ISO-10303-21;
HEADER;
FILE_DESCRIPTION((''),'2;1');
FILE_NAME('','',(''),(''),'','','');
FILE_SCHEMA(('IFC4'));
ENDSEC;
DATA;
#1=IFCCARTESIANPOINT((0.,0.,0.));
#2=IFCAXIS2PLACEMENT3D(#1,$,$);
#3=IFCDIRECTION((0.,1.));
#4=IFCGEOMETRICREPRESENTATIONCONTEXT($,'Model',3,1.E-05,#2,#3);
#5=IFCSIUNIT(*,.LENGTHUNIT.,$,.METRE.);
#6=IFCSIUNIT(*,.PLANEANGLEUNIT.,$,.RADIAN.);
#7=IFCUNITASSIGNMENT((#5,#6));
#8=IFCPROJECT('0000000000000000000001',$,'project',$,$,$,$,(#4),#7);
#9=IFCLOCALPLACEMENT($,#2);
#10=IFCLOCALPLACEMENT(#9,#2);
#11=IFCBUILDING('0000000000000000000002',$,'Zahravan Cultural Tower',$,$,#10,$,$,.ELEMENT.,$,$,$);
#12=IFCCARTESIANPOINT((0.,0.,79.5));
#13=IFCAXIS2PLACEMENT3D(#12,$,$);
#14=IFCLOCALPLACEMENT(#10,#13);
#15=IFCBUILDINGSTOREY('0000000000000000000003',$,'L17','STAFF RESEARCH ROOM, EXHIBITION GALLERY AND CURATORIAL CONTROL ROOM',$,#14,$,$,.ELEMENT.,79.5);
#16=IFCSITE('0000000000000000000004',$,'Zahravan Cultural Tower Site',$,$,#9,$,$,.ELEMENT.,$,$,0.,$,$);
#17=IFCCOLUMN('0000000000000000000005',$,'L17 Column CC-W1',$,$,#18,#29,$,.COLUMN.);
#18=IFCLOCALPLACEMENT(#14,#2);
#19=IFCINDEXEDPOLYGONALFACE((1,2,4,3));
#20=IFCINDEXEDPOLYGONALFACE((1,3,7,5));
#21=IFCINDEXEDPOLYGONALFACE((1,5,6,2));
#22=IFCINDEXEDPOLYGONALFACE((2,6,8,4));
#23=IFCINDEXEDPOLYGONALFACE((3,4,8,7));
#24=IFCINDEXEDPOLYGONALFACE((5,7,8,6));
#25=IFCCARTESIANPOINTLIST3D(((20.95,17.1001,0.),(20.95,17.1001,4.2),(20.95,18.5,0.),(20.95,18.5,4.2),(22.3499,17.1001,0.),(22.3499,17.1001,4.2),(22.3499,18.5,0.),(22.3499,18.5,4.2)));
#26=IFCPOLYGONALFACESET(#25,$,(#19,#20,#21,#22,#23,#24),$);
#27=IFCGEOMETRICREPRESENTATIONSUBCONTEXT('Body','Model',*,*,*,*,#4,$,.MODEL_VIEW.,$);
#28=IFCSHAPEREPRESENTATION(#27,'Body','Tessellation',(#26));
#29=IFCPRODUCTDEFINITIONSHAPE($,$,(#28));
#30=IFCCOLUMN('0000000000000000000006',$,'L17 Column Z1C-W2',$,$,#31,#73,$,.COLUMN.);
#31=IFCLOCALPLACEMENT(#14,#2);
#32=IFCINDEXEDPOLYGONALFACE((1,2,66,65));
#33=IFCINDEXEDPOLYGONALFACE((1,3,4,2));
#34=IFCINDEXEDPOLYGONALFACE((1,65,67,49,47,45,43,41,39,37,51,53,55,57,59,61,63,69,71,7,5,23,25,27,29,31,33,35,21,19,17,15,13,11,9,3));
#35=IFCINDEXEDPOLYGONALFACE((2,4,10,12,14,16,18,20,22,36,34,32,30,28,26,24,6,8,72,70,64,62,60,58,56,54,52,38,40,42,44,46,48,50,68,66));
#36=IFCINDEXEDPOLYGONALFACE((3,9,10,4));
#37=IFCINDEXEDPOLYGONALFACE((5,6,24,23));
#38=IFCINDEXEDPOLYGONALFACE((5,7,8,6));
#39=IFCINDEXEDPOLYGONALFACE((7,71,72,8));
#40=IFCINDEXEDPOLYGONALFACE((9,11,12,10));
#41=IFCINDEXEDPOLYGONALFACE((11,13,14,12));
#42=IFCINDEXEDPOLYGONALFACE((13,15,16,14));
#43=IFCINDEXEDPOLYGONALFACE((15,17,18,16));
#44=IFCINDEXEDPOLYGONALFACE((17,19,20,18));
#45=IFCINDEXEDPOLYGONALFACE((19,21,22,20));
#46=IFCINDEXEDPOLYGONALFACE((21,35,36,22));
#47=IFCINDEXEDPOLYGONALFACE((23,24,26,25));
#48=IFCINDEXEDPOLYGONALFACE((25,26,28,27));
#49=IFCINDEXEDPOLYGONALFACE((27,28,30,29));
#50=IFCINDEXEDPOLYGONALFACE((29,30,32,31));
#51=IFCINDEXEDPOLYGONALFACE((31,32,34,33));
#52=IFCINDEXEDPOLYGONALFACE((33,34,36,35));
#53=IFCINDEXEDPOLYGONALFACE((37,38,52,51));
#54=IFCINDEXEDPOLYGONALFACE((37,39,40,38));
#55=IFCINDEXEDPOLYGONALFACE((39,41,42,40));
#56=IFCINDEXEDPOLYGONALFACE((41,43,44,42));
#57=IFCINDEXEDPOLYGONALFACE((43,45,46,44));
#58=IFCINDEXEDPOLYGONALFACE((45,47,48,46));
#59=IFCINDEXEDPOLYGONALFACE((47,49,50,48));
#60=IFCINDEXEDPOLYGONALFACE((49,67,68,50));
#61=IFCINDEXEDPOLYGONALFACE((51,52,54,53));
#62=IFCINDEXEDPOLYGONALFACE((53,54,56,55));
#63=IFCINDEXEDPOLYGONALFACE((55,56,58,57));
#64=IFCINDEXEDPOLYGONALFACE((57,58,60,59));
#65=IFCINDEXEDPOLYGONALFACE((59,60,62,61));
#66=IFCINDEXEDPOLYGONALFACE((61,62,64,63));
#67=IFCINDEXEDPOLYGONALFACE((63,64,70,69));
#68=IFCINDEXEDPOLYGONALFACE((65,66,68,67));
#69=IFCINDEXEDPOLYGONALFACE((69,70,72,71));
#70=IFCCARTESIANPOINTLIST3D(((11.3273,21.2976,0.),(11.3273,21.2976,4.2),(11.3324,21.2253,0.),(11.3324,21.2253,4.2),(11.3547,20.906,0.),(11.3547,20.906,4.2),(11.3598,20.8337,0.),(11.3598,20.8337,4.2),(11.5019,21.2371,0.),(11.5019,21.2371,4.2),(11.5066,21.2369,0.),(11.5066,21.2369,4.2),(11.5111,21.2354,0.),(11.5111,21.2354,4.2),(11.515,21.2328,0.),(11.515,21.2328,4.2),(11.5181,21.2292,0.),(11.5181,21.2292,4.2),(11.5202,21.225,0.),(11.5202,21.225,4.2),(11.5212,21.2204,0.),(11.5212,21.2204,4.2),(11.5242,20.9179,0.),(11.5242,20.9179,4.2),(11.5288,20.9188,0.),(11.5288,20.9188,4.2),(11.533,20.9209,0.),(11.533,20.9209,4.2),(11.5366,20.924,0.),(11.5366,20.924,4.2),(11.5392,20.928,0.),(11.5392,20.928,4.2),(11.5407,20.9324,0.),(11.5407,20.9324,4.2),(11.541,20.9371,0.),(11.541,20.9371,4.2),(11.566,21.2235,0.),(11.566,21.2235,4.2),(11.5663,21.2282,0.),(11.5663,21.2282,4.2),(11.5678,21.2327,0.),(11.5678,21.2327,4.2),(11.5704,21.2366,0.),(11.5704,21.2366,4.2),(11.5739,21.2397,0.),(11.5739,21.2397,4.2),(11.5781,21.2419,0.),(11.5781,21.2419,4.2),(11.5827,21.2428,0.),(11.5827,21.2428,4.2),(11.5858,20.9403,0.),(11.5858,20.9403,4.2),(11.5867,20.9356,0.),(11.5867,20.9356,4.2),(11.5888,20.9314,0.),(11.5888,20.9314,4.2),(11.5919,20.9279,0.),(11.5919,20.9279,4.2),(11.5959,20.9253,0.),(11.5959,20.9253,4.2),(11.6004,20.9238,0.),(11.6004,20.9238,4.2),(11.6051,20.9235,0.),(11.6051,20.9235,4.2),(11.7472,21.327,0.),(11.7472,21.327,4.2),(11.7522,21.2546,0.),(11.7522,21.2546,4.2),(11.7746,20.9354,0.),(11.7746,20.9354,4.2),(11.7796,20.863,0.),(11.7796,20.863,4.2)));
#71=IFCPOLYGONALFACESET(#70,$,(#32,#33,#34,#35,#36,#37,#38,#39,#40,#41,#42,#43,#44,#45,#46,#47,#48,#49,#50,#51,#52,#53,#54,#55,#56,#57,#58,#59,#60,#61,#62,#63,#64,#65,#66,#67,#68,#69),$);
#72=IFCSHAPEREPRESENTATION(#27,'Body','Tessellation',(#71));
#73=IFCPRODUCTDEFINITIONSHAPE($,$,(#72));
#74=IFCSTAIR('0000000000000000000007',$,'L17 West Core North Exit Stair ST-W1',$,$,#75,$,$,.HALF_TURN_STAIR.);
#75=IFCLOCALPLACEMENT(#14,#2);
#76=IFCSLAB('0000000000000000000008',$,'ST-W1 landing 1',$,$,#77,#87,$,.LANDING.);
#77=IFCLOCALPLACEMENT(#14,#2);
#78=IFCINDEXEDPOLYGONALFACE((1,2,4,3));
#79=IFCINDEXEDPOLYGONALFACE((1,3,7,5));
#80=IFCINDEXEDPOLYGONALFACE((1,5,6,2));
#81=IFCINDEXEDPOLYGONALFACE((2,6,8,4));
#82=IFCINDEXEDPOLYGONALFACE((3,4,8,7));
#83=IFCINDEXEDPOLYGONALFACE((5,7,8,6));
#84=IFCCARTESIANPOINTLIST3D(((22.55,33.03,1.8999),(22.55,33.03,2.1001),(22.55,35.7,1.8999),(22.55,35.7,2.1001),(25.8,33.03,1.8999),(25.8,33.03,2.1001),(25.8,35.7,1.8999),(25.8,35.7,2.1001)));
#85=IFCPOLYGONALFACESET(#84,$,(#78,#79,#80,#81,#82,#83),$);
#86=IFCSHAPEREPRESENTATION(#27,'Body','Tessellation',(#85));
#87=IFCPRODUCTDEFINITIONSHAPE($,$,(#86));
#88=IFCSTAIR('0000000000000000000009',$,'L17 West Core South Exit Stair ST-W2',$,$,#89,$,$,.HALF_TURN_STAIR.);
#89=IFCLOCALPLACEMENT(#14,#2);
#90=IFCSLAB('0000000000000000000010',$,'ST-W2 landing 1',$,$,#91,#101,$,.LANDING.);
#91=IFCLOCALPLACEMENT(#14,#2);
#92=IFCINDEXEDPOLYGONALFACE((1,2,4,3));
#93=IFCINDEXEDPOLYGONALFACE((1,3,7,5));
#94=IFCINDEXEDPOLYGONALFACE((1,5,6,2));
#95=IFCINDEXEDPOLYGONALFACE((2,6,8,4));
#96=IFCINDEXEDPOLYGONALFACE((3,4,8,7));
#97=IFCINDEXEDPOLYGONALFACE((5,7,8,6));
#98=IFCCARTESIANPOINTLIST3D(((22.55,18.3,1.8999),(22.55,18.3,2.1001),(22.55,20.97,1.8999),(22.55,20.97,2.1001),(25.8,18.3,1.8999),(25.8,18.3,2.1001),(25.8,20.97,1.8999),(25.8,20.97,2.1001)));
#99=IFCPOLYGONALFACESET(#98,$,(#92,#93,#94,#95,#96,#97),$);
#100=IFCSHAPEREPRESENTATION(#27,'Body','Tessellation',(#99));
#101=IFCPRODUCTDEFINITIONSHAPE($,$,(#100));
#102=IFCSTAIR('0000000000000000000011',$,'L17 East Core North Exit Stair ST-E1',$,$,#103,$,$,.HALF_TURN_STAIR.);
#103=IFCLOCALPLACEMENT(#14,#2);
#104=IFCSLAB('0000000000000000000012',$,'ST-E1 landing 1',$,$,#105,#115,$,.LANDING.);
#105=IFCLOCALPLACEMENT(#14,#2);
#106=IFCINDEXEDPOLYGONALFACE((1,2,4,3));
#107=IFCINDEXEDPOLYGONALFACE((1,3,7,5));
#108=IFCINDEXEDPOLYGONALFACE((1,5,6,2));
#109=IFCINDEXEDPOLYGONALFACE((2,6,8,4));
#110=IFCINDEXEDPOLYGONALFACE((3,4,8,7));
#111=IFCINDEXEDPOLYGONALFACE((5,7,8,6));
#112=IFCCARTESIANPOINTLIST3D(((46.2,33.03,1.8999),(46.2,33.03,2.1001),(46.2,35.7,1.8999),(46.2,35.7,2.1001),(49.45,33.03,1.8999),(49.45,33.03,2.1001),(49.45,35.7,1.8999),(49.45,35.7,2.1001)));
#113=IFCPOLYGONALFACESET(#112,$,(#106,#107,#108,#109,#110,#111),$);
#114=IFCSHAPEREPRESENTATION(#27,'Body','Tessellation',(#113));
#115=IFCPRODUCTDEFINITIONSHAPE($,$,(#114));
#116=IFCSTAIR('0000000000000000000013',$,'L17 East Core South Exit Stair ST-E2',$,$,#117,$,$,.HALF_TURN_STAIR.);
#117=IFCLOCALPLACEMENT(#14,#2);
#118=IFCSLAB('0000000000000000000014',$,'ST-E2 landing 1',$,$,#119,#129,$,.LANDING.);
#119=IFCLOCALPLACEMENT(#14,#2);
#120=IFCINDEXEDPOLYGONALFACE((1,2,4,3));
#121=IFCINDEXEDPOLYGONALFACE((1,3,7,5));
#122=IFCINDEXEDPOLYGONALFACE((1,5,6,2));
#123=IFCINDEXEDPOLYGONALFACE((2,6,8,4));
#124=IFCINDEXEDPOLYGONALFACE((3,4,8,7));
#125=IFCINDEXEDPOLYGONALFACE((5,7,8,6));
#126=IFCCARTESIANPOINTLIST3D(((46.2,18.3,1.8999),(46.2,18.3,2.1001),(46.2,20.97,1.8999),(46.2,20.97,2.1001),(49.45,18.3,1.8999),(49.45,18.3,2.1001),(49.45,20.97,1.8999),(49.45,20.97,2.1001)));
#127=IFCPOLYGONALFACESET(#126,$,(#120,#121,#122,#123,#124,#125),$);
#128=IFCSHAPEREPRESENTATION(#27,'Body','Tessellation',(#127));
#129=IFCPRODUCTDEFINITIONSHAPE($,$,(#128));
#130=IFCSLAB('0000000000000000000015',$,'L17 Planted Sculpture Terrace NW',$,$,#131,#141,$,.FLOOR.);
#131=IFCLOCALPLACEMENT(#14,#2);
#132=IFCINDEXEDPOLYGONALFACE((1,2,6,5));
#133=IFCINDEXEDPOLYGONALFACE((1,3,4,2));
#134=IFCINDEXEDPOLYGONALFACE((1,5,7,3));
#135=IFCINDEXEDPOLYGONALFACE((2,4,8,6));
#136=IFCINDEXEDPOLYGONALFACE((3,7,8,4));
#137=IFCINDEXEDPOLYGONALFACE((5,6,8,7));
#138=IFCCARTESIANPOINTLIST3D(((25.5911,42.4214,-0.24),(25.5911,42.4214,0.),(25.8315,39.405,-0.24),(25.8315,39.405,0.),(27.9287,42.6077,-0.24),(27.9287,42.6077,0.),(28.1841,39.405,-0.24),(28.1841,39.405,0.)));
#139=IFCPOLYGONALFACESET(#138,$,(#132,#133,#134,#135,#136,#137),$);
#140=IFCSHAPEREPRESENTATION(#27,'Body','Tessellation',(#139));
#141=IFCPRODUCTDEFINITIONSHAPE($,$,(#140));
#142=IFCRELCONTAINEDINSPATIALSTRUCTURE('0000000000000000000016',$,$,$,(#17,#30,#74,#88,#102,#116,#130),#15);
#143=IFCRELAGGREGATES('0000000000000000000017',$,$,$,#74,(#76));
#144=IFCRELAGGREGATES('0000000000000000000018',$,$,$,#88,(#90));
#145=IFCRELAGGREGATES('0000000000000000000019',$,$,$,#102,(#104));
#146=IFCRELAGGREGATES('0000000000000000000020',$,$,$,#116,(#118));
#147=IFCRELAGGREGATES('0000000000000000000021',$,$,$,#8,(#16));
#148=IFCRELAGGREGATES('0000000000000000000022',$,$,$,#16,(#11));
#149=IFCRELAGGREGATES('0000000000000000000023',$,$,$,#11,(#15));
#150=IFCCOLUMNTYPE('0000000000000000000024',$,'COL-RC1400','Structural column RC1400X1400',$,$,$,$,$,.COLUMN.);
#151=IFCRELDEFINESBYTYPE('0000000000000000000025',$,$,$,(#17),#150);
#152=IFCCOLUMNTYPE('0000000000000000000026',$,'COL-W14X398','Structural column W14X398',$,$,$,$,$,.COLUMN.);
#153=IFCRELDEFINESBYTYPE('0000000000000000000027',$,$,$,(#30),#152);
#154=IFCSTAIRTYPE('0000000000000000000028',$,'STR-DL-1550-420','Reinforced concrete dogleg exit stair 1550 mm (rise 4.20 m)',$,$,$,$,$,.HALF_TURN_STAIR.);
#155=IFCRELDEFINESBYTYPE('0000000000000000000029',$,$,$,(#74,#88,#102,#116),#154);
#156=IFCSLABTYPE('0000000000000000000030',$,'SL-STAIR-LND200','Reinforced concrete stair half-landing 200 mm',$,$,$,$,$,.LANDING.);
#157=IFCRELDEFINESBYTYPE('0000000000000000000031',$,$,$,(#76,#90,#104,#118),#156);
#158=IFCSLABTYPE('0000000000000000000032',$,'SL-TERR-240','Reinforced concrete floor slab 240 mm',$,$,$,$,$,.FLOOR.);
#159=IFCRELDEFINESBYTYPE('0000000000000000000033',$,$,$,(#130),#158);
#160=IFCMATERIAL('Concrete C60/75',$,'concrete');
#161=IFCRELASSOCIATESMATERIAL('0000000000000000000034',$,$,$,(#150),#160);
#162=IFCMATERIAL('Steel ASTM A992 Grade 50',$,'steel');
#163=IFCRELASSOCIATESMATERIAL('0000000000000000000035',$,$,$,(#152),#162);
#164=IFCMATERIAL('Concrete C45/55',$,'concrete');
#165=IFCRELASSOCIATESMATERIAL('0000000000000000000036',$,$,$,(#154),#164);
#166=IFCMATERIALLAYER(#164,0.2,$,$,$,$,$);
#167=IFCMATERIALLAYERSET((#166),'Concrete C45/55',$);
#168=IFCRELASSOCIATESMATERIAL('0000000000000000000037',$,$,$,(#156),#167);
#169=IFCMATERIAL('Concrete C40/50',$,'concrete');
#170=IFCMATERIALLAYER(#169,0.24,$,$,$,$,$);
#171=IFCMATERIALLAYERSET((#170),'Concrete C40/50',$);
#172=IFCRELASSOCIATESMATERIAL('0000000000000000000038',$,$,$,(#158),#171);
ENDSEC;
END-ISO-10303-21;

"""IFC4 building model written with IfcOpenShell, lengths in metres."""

from ifc_helpers import new_model, si_unit, direction, frame, origin, origin_2d, place, context, subcontext, project, spatial, polyline, rectangle, i_section, outline, extrude, source, transform, mapped, material, layer, layer_set, material_profile, profile_set, type_object, element, aggregate, save


model = new_model("IFC4")

# Units and contexts
model_context = context("Model", 3, precision=1e-05, world=origin(), true_north=direction((0.0, 1.0)))
body_context = subcontext(model_context, "Body", "Model", "MODEL_VIEW")
ifc_project = project(units=[si_unit("LENGTHUNIT", "METRE"), si_unit("PLANEANGLEUNIT", "RADIAN")], contexts=[model_context])

# Site, building, storey
site_placement = place(None, origin())
site = spatial("IfcSite", under=ifc_project, at=site_placement, Name="Zahravan Cultural Tower Site", CompositionType="ELEMENT", RefElevation=0.0)
building_placement = place(site_placement, origin())
building = spatial("IfcBuilding", under=site, at=building_placement, Name="Zahravan Cultural Tower", CompositionType="ELEMENT")
storey_placement = place(building_placement, frame((0.0, 0.0, 79.5)))
storey = spatial("IfcBuildingStorey", under=building, at=storey_placement, Name="L17", Description="STAFF RESEARCH ROOM, EXHIBITION GALLERY AND CURATORIAL CONTROL ROOM", CompositionType="ELEMENT", Elevation=79.5)

# Columns
ifc_material_1 = material(Name="Concrete C60/75", Category="concrete")
ifc_material_profile_1 = material_profile(ifc_material_1, rectangle(XDim=1.3999, YDim=1.3999, at=origin_2d()), Name="RC1400X1400")
ifc_profile_set_1 = profile_set([ifc_material_profile_1], Name="Concrete C60/75")
column_type_1 = type_object("IfcColumnType", Name="COL-RC1400", Description="Structural column RC1400X1400", PredefinedType="COLUMN", material=ifc_profile_set_1)
shared_shape_1 = source(origin(), body_context, "Body", "SweptSolid", [
    extrude(rectangle(XDim=1.3999, YDim=1.3999, at=origin_2d()), origin(), (0.0, 0.0, 1.0), 4.2),
])
column_1_placement = place(storey_placement, frame((21.6499, 17.8, 0.0), z_axis=(0.0, 0.0, 1.0), x_axis=(1.0, 0.0, 0.0)))
element("IfcColumn", 1, at=column_1_placement, inside=storey, type_object=column_type_1, Name="L17 Column CC-W1", PredefinedType="COLUMN", context=body_context, shape_type="MappedRepresentation", body=[
    mapped(shared_shape_1, transform((0.0, 0.0, 0.0), x_axis=(1.0, 0.0, 0.0), y_axis=(0.0, 1.0, 0.0), z_axis=(0.0, 0.0, 1.0), scale=1.0)),
])
ifc_material_2 = material(Name="Steel ASTM A992 Grade 50", Category="steel")
ifc_material_profile_2 = material_profile(ifc_material_2, i_section(OverallWidth=0.4209, OverallDepth=0.4651, WebThickness=0.0449, FlangeThickness=0.0725, FilletRadius=0.0181, at=origin_2d()), Name="W14X398")
ifc_profile_set_2 = profile_set([ifc_material_profile_2], Name="Steel ASTM A992 Grade 50")
column_type_2 = type_object("IfcColumnType", Name="COL-W14X398", Description="Structural column W14X398", PredefinedType="COLUMN", material=ifc_profile_set_2)
shared_shape_2 = source(origin(), body_context, "Body", "SweptSolid", [
    extrude(i_section(OverallWidth=0.4209, OverallDepth=0.4651, WebThickness=0.0449, FlangeThickness=0.0725, FilletRadius=0.0181, at=origin_2d()), origin(), (0.0, 0.0, 1.0), 4.2),
])
column_2_placement = place(storey_placement, frame((11.5535, 21.0803, 0.0), z_axis=(0.0, 0.0, 1.0), x_axis=(0.997564, 0.069756, 0.0)))
element("IfcColumn", 2, at=column_2_placement, inside=storey, type_object=column_type_2, Name="L17 Column Z1C-W2", PredefinedType="COLUMN", context=body_context, shape_type="MappedRepresentation", body=[
    mapped(shared_shape_2, transform((0.0, 0.0, 0.0), x_axis=(1.0, 0.0, 0.0), y_axis=(0.0, 1.0, 0.0), z_axis=(0.0, 0.0, 1.0), scale=1.0)),
])

# Stairs, slabs
ifc_material_3 = material(Name="Concrete C45/55", Category="concrete")
stair_type = type_object("IfcStairType", Name="STR-DL-1550-420", Description="Reinforced concrete dogleg exit stair 1550 mm (rise 4.20 m)", PredefinedType="HALF_TURN_STAIR", material=ifc_material_3)
stair_1_placement = place(storey_placement, origin())
stair_1 = element("IfcStair", 3, at=stair_1_placement, inside=storey, type_object=stair_type, Name="L17 West Core North Exit Stair ST-W1", PredefinedType="HALF_TURN_STAIR")
ifc_layer_1 = layer(ifc_material_3, 0.2)
ifc_layer_set_1 = layer_set([ifc_layer_1], Name="Concrete C45/55")
slab_type_1 = type_object("IfcSlabType", Name="SL-STAIR-LND200", Description="Reinforced concrete stair half-landing 200 mm", PredefinedType="LANDING", material=ifc_layer_set_1)
slab_1_placement = place(storey_placement, frame((0.0, 0.0, 1.8999)))
slab_1 = element("IfcSlab", 4, at=slab_1_placement, type_object=slab_type_1, Name="ST-W1 landing 1", PredefinedType="LANDING", context=body_context, shape_type="SweptSolid", body=[
    extrude(outline(polyline([(25.8, 33.03), (25.8, 35.7), (22.55, 35.7), (22.55, 33.03), (25.8, 33.03)])), origin(), (0.0, 0.0, 1.0), 0.2002),
])
aggregate(stair_1, [slab_1])
stair_2_placement = place(storey_placement, origin())
stair_2 = element("IfcStair", 5, at=stair_2_placement, inside=storey, type_object=stair_type, Name="L17 West Core South Exit Stair ST-W2", PredefinedType="HALF_TURN_STAIR")
slab_2_placement = place(storey_placement, frame((0.0, 0.0, 1.8999)))
slab_2 = element("IfcSlab", 6, at=slab_2_placement, type_object=slab_type_1, Name="ST-W2 landing 1", PredefinedType="LANDING", context=body_context, shape_type="SweptSolid", body=[
    extrude(outline(polyline([(22.55, 20.97), (22.55, 18.3), (25.8, 18.3), (25.8, 20.97), (22.55, 20.97)])), origin(), (0.0, 0.0, 1.0), 0.2002),
])
aggregate(stair_2, [slab_2])
stair_3_placement = place(storey_placement, origin())
stair_3 = element("IfcStair", 7, at=stair_3_placement, inside=storey, type_object=stair_type, Name="L17 East Core North Exit Stair ST-E1", PredefinedType="HALF_TURN_STAIR")
slab_3_placement = place(storey_placement, frame((0.0, 0.0, 1.8999)))
slab_3 = element("IfcSlab", 8, at=slab_3_placement, type_object=slab_type_1, Name="ST-E1 landing 1", PredefinedType="LANDING", context=body_context, shape_type="SweptSolid", body=[
    extrude(outline(polyline([(49.45, 33.03), (49.45, 35.7), (46.2, 35.7), (46.2, 33.03), (49.45, 33.03)])), origin(), (0.0, 0.0, 1.0), 0.2002),
])
aggregate(stair_3, [slab_3])
stair_4_placement = place(storey_placement, origin())
stair_4 = element("IfcStair", 9, at=stair_4_placement, inside=storey, type_object=stair_type, Name="L17 East Core South Exit Stair ST-E2", PredefinedType="HALF_TURN_STAIR")
slab_4_placement = place(storey_placement, frame((0.0, 0.0, 1.8999)))
slab_4 = element("IfcSlab", 10, at=slab_4_placement, type_object=slab_type_1, Name="ST-E2 landing 1", PredefinedType="LANDING", context=body_context, shape_type="SweptSolid", body=[
    extrude(outline(polyline([(46.2, 20.97), (46.2, 18.3), (49.45, 18.3), (49.45, 20.97), (46.2, 20.97)])), origin(), (0.0, 0.0, 1.0), 0.2002),
])
aggregate(stair_4, [slab_4])

# Slab
ifc_material_4 = material(Name="Concrete C40/50", Category="concrete")
ifc_layer_2 = layer(ifc_material_4, 0.24)
ifc_layer_set_2 = layer_set([ifc_layer_2], Name="Concrete C40/50")
slab_type_2 = type_object("IfcSlabType", Name="SL-TERR-240", Description="Reinforced concrete floor slab 240 mm", PredefinedType="FLOOR", material=ifc_layer_set_2)
slab_5_placement = place(storey_placement, frame((0.0, 0.0, -0.24)))
element("IfcSlab", 11, at=slab_5_placement, inside=storey, type_object=slab_type_2, Name="L17 Planted Sculpture Terrace NW", PredefinedType="FLOOR", context=body_context, shape_type="SweptSolid", body=[
    extrude(outline(polyline([(25.5911, 42.4214), (25.8315, 39.405), (28.1841, 39.405), (27.9287, 42.6077), (25.5911, 42.4214)])), origin(), (0.0, 0.0, 1.0), 0.24),
])

save(model, "model.ifc")
